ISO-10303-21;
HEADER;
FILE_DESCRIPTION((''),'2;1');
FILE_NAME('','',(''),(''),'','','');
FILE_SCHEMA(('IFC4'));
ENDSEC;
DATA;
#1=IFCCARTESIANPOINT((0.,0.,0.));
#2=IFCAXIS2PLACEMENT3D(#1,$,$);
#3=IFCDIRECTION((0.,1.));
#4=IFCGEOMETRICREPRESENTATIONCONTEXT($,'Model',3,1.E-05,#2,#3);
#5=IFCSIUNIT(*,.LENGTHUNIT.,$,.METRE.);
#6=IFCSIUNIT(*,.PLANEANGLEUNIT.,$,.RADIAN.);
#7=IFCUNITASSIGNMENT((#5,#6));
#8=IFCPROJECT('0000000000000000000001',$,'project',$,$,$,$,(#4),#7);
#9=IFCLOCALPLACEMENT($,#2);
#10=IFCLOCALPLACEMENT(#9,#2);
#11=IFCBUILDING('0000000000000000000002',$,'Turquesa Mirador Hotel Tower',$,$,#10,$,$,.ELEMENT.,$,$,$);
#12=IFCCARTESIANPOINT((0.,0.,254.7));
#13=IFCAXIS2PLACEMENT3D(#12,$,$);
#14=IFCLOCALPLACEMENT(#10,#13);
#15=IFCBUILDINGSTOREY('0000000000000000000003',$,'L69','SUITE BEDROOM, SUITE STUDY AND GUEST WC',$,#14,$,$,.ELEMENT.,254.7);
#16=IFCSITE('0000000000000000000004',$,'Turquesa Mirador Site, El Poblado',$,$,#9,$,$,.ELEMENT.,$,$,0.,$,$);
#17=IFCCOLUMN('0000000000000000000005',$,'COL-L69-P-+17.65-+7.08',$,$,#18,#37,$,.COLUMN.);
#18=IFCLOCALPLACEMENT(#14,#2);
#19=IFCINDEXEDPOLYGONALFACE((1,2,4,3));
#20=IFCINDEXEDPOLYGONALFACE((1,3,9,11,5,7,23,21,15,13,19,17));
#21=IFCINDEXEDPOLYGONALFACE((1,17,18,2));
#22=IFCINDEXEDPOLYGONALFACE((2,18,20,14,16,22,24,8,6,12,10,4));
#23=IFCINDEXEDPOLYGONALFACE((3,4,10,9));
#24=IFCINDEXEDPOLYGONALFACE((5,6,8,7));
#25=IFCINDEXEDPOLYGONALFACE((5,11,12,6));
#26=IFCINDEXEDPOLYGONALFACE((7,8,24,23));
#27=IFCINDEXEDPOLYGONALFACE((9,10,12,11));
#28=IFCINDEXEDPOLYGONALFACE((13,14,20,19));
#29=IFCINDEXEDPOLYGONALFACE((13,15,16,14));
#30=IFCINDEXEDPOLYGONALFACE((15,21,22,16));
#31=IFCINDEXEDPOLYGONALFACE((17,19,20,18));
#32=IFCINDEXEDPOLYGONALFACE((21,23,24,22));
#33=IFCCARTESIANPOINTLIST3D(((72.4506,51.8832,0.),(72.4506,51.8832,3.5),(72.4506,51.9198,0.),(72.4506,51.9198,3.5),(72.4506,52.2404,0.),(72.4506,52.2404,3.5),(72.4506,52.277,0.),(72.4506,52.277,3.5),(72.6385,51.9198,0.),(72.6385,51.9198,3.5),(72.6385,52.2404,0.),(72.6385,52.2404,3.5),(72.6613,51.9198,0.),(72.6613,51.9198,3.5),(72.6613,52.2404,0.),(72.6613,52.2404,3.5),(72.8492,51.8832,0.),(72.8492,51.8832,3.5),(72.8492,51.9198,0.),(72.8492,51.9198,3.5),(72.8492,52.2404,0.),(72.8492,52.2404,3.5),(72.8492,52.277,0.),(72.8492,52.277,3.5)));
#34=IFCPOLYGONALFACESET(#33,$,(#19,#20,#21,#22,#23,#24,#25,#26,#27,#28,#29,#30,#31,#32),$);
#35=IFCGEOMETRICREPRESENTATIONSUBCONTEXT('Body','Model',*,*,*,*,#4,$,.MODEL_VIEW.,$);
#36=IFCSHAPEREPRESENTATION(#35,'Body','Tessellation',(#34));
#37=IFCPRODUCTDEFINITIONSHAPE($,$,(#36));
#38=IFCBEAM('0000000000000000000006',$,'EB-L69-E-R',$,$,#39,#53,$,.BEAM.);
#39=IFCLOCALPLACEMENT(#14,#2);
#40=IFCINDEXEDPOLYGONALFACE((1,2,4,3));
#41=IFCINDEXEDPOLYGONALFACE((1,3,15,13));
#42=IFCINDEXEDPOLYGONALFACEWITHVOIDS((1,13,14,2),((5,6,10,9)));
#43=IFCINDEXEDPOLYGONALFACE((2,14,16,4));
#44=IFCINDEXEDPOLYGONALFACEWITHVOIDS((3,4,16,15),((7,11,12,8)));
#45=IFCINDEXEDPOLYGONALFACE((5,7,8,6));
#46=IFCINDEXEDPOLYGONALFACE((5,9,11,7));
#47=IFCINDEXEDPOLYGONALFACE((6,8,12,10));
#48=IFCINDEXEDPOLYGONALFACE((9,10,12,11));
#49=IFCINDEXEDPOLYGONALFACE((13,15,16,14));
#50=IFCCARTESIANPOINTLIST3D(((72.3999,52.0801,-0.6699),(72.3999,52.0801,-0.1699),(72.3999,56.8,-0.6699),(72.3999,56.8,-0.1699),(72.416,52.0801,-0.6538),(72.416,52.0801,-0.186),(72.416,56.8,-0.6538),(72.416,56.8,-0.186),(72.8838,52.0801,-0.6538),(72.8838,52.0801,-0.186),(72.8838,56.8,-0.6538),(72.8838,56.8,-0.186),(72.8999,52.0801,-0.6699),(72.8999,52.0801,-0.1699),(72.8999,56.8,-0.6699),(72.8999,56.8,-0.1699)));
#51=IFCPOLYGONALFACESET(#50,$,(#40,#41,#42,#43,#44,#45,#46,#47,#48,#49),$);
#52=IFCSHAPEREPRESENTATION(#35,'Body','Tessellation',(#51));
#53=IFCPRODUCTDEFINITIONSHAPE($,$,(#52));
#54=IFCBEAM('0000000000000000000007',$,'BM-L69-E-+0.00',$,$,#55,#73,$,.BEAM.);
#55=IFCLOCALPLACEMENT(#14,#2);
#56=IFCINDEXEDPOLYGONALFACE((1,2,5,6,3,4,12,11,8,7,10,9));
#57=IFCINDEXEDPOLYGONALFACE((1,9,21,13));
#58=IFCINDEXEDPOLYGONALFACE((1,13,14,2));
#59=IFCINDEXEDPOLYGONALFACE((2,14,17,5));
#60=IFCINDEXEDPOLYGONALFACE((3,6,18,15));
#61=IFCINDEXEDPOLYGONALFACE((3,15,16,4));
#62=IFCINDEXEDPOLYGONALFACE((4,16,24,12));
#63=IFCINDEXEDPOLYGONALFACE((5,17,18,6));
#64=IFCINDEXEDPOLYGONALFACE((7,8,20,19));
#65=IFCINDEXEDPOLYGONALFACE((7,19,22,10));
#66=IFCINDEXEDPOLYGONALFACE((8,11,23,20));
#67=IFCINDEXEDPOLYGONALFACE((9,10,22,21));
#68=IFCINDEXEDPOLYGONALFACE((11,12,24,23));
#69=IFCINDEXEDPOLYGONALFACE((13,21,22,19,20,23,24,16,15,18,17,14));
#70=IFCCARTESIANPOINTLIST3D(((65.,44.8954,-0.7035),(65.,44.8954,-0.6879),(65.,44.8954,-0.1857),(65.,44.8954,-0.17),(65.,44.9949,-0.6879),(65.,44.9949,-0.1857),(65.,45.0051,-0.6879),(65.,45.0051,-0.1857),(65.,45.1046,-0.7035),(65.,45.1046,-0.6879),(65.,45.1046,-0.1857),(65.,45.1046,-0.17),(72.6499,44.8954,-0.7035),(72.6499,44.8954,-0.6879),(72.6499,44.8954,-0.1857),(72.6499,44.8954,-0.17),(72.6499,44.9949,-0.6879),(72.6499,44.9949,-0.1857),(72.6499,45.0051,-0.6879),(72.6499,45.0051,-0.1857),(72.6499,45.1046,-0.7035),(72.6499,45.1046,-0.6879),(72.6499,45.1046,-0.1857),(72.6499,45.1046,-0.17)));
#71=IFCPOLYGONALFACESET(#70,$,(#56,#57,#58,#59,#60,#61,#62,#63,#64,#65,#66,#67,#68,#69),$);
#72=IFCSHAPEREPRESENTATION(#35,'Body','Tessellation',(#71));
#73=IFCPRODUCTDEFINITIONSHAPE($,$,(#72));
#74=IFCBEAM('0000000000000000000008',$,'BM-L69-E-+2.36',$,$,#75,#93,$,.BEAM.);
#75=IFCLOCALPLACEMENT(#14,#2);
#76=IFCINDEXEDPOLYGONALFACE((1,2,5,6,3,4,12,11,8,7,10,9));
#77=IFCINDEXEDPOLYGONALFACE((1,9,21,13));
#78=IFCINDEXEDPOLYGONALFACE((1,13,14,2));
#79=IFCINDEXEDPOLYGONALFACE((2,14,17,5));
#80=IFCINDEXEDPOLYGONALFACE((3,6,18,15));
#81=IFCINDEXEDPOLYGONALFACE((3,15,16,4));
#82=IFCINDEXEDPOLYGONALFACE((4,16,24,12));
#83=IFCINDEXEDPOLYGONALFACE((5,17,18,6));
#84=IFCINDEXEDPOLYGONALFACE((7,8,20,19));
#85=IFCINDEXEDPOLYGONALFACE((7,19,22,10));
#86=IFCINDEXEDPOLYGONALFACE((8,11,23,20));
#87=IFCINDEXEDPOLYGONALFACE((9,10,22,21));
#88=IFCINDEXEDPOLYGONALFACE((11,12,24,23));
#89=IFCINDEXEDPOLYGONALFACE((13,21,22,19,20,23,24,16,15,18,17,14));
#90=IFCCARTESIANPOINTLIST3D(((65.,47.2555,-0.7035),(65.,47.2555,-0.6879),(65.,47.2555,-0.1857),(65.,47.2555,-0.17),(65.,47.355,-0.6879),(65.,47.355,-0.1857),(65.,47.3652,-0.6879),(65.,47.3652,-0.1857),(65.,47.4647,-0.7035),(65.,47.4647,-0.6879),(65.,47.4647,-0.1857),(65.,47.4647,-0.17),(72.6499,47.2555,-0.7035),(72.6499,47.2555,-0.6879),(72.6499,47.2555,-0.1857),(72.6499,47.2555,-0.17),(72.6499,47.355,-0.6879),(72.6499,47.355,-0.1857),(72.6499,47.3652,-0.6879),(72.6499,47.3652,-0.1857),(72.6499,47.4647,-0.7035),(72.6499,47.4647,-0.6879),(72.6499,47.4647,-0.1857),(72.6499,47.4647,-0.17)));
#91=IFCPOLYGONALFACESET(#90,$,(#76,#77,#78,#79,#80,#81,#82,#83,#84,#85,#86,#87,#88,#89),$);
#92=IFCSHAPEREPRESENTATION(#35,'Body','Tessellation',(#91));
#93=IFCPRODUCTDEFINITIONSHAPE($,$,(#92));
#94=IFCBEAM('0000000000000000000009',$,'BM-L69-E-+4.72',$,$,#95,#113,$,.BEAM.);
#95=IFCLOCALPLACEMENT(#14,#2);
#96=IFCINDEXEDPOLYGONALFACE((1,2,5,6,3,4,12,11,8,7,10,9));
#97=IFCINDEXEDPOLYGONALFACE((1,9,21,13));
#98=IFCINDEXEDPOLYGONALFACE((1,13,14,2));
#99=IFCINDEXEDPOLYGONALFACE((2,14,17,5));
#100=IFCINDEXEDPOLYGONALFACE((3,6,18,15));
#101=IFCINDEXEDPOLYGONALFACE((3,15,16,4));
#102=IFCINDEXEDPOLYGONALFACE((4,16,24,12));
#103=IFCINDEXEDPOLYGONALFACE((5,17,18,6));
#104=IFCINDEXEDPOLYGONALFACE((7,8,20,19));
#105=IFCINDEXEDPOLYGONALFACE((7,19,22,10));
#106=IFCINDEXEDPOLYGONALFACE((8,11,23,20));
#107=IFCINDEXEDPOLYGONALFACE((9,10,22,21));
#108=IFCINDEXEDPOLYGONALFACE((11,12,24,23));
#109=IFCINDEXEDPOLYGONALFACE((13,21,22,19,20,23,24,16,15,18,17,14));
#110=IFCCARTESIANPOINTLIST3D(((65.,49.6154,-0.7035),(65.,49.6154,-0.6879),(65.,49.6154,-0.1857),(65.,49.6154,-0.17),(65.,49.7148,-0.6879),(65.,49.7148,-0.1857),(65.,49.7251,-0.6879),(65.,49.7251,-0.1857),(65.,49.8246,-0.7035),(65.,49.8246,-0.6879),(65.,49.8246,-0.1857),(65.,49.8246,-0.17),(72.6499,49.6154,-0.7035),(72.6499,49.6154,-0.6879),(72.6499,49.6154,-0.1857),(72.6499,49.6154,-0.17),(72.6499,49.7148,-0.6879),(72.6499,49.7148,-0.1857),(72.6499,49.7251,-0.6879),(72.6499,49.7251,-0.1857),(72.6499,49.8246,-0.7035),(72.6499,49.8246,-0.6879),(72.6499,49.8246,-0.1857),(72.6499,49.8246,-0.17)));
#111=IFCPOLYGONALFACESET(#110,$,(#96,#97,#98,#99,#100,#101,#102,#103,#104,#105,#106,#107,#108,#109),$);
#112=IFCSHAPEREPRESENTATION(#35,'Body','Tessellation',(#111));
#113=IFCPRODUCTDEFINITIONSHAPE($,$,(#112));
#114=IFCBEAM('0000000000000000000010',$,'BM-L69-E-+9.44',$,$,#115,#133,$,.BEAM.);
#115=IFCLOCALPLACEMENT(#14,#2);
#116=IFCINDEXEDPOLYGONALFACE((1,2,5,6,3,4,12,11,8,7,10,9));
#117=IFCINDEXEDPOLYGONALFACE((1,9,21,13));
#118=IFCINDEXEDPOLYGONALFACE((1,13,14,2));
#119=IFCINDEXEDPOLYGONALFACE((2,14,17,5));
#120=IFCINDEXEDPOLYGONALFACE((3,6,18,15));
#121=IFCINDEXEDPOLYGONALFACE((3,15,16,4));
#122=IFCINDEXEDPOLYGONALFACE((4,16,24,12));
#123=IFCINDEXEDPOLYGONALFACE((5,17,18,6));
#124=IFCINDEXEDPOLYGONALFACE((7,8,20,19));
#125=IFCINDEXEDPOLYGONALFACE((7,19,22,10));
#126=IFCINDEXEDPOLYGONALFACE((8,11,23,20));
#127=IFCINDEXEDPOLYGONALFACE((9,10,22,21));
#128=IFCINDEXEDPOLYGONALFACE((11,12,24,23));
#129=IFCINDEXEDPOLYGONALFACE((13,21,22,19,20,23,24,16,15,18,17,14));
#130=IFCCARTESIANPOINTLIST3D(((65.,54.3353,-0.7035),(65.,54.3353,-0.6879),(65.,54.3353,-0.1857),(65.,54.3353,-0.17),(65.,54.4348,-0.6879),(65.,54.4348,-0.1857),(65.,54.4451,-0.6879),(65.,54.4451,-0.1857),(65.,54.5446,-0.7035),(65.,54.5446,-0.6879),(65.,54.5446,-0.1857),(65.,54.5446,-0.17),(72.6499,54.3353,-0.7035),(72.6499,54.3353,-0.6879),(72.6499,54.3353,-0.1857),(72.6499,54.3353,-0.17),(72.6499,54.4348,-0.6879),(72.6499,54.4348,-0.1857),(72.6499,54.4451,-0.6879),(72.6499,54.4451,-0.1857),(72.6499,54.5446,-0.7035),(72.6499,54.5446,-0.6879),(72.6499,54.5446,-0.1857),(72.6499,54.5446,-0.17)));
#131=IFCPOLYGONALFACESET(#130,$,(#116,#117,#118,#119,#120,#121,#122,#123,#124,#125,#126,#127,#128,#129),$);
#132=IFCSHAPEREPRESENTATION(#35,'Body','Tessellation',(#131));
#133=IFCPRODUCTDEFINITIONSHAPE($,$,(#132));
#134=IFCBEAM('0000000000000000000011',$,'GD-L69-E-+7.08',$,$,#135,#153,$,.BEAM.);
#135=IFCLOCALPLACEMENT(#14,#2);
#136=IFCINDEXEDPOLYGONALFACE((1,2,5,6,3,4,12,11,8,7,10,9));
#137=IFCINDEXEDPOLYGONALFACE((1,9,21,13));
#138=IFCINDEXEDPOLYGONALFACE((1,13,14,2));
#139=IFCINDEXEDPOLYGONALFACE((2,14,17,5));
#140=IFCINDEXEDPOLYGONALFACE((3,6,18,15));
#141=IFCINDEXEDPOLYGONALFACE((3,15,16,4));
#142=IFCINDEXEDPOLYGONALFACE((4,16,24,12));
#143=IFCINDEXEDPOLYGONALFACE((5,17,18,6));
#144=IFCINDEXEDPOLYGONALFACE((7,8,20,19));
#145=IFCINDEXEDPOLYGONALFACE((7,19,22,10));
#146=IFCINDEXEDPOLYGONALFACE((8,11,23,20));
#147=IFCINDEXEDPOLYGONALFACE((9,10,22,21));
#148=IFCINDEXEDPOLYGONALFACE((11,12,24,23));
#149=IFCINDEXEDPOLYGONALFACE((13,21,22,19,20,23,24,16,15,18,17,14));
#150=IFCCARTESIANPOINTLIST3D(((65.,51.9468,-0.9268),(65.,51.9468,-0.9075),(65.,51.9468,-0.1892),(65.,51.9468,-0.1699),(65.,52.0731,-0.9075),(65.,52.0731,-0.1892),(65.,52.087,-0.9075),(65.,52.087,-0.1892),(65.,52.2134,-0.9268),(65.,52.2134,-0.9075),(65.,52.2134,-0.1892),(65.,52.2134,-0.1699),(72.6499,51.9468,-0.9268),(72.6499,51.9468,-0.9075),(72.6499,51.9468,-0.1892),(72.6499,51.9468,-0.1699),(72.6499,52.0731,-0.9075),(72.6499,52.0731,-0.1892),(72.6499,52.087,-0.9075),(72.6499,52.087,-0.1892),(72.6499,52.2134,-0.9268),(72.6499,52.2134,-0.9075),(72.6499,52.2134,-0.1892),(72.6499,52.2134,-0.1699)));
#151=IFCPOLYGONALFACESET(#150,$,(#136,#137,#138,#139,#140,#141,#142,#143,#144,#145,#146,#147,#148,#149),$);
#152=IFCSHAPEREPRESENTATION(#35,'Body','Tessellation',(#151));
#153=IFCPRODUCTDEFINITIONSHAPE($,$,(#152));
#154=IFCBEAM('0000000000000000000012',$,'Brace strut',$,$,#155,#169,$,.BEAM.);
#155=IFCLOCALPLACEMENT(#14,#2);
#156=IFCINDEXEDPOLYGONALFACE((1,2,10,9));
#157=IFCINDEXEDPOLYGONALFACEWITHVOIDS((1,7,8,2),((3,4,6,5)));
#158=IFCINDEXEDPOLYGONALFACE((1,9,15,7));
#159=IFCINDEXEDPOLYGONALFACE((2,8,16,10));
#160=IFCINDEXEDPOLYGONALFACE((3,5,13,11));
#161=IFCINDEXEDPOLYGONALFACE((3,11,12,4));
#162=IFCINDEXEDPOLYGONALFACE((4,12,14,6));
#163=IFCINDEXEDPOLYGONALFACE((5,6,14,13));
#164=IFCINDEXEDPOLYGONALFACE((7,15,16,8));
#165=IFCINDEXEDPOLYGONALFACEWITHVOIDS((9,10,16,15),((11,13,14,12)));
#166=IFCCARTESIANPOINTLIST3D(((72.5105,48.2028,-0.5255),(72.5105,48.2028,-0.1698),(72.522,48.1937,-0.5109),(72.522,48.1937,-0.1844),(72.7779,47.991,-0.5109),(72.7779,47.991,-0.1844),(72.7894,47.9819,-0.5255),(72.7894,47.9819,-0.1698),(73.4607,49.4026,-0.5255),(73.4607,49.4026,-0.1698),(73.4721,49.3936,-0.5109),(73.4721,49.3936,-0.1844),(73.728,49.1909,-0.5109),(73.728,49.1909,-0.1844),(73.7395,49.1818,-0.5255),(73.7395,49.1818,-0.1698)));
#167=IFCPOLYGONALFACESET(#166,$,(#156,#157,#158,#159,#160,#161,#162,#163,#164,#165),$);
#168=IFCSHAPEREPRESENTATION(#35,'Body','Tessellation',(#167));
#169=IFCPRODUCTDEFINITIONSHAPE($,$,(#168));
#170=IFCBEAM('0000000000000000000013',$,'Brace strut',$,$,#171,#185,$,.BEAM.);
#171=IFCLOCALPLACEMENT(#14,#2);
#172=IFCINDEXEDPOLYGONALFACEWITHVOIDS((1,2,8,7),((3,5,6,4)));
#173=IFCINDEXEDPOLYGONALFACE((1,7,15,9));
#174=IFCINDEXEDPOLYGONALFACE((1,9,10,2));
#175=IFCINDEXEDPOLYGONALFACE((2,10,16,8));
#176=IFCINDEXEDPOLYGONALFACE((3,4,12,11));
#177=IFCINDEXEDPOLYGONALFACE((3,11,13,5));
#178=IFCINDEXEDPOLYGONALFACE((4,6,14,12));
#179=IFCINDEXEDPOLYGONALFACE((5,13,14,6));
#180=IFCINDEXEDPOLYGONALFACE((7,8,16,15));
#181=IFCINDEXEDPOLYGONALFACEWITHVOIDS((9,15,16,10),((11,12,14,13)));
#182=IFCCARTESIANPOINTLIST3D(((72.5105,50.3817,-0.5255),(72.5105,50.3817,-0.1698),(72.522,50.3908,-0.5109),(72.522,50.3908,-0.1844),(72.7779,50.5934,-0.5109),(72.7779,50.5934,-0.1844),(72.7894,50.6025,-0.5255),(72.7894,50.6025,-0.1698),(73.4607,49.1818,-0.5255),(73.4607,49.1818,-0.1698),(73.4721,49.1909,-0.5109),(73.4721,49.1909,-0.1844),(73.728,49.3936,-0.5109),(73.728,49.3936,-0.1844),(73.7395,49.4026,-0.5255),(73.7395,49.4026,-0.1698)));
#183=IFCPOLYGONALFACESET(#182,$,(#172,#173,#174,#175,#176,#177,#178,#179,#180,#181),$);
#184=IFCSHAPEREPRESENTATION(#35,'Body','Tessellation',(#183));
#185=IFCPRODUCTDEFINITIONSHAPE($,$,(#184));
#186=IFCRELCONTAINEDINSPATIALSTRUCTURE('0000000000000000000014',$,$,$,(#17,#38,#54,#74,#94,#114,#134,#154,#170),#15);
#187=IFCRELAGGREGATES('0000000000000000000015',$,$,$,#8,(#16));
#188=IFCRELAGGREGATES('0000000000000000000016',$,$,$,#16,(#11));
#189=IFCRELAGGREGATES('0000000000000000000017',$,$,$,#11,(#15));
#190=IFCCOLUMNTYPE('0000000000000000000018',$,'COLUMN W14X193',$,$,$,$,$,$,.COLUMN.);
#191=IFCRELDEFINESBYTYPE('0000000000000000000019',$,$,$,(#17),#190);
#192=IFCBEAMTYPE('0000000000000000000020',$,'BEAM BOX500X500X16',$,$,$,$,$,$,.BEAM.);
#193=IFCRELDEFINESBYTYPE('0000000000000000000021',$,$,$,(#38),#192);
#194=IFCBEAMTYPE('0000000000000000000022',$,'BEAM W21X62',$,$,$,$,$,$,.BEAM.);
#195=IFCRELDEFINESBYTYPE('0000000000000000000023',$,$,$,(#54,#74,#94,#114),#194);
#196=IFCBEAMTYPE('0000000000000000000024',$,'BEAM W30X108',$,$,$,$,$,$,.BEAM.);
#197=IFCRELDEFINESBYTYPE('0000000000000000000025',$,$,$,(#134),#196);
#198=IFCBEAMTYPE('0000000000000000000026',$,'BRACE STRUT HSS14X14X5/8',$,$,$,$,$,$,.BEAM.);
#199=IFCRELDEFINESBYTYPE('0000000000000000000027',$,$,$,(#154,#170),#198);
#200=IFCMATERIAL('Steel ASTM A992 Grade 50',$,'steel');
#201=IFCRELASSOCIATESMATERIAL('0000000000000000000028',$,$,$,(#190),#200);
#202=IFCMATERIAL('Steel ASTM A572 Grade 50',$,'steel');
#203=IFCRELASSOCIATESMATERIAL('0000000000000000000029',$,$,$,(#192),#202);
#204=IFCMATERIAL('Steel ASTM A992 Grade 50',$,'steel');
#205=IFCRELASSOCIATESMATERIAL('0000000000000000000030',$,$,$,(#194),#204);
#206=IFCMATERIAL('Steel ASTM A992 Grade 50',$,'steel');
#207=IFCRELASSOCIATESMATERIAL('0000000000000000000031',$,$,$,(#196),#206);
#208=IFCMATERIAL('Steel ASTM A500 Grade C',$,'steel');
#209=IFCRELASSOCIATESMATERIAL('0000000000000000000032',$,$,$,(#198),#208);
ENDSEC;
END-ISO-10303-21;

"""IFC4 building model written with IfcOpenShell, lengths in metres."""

from ifc_helpers import new_model, si_unit, direction, frame, origin, origin_2d, place, context, subcontext, project, spatial, hollow_rectangle, i_section, extrude, material, material_profile, profile_set, type_object, element, save


model = new_model("IFC4")

# Units and contexts
model_context = context("Model", 3, precision=1e-05, world=origin(), true_north=direction((0.0, 1.0)))
body_context = subcontext(model_context, "Body", "Model", "MODEL_VIEW")
ifc_project = project(units=[si_unit("LENGTHUNIT", "METRE"), si_unit("PLANEANGLEUNIT", "RADIAN")], contexts=[model_context])

# Site, building, storey
site_placement = place(None, origin())
site = spatial("IfcSite", under=ifc_project, at=site_placement, Name="Turquesa Mirador Site, El Poblado", CompositionType="ELEMENT", RefElevation=0.0)
building_placement = place(site_placement, origin())
building = spatial("IfcBuilding", under=site, at=building_placement, Name="Turquesa Mirador Hotel Tower", CompositionType="ELEMENT")
storey_placement = place(building_placement, frame((0.0, 0.0, 254.7)))
storey = spatial("IfcBuildingStorey", under=building, at=storey_placement, Name="L69", Description="SUITE BEDROOM, SUITE STUDY AND GUEST WC", CompositionType="ELEMENT", Elevation=254.7)

# Column
ifc_material_1 = material(Name="Steel ASTM A992 Grade 50", Category="steel")
ifc_material_profile_1 = material_profile(ifc_material_1, i_section(OverallWidth=0.3987, OverallDepth=0.3938, WebThickness=0.0227, FlangeThickness=0.0366, at=origin_2d()), Name="W14X193")
ifc_profile_set_1 = profile_set([ifc_material_profile_1], Name="Steel ASTM A992 Grade 50")
column_type = type_object("IfcColumnType", Name="COLUMN W14X193", PredefinedType="COLUMN", material=ifc_profile_set_1)
column_placement = place(storey_placement, frame((72.6499, 52.0801, 0.0), z_axis=(0.0, 0.0, 1.0), x_axis=(1.0, 0.0, 0.0)))
element("IfcColumn", 1, at=column_placement, inside=storey, type_object=column_type, Name="COL-L69-P-+17.65-+7.08", PredefinedType="COLUMN", context=body_context, shape_type="SweptSolid", body=[
    extrude(i_section(OverallWidth=0.3987, OverallDepth=0.3938, WebThickness=0.0227, FlangeThickness=0.0366, at=origin_2d()), origin(), (0.0, 0.0, 1.0), 3.5),
])

# Beams
ifc_material_2 = material(Name="Steel ASTM A572 Grade 50", Category="steel")
ifc_material_profile_2 = material_profile(ifc_material_2, hollow_rectangle(XDim=0.5, YDim=0.5, WallThickness=0.0161, at=origin_2d()), Name="BOX500X500X16")
ifc_profile_set_2 = profile_set([ifc_material_profile_2], Name="Steel ASTM A572 Grade 50")
beam_type_1 = type_object("IfcBeamType", Name="BEAM BOX500X500X16", PredefinedType="BEAM", material=ifc_profile_set_2)
beam_1_placement = place(storey_placement, frame((72.6499, 52.0801, -0.4199), z_axis=(0.0, 1.0, 0.0), x_axis=(-1.0, 0.0, 0.0)))
element("IfcBeam", 2, at=beam_1_placement, inside=storey, type_object=beam_type_1, Name="EB-L69-E-R", PredefinedType="BEAM", context=body_context, shape_type="SweptSolid", body=[
    extrude(hollow_rectangle(XDim=0.5, YDim=0.5, WallThickness=0.0161, at=origin_2d()), origin(), (0.0, 0.0, 1.0), 4.72),
])
ifc_material_3 = material(Name="Steel ASTM A992 Grade 50", Category="steel")
ifc_material_profile_3 = material_profile(ifc_material_3, i_section(OverallWidth=0.2092, OverallDepth=0.5334, WebThickness=0.0103, FlangeThickness=0.0156, at=origin_2d()), Name="W21X62")
ifc_profile_set_3 = profile_set([ifc_material_profile_3], Name="Steel ASTM A992 Grade 50")
beam_type_2 = type_object("IfcBeamType", Name="BEAM W21X62", PredefinedType="BEAM", material=ifc_profile_set_3)
for number, where, z_axis, x_axis, name in (
    (3, (72.6499, 45.0, -0.4368), (-1.0, 0.0, 0.0), (0.0, -1.0, 0.0), "BM-L69-E-+0.00"),
    (4, (72.6499, 47.3601, -0.4368), (-1.0, 0.0, 0.0), (0.0, -1.0, 0.0), "BM-L69-E-+2.36"),
    (5, (72.6499, 49.72, -0.4368), (-1.0, 0.0, 0.0), (0.0, -1.0, 0.0), "BM-L69-E-+4.72"),
    (6, (72.6499, 54.4399, -0.4368), (-1.0, 0.0, 0.0), (0.0, -1.0, 0.0), "BM-L69-E-+9.44"),
):
    element("IfcBeam", number, at=place(storey_placement, frame(where, z_axis=z_axis, x_axis=x_axis)), inside=storey, type_object=beam_type_2, Name=name, PredefinedType="BEAM", context=body_context, shape_type="SweptSolid", body=[
        extrude(i_section(OverallWidth=0.2092, OverallDepth=0.5334, WebThickness=0.0103, FlangeThickness=0.0156, at=origin_2d()), origin(), (0.0, 0.0, 1.0), 7.6499),
    ])
ifc_material_4 = material(Name="Steel ASTM A992 Grade 50", Category="steel")
ifc_material_profile_4 = material_profile(ifc_material_4, i_section(OverallWidth=0.2666, OverallDepth=0.7568, WebThickness=0.0139, FlangeThickness=0.0193, at=origin_2d()), Name="W30X108")
ifc_profile_set_4 = profile_set([ifc_material_profile_4], Name="Steel ASTM A992 Grade 50")
beam_type_3 = type_object("IfcBeamType", Name="BEAM W30X108", PredefinedType="BEAM", material=ifc_profile_set_4)
beam_2_placement = place(storey_placement, frame((72.6499, 52.0801, -0.5483), z_axis=(-1.0, 0.0, 0.0), x_axis=(0.0, -1.0, 0.0)))
element("IfcBeam", 7, at=beam_2_placement, inside=storey, type_object=beam_type_3, Name="GD-L69-E-+7.08", PredefinedType="BEAM", context=body_context, shape_type="SweptSolid", body=[
    extrude(i_section(OverallWidth=0.2666, OverallDepth=0.7568, WebThickness=0.0139, FlangeThickness=0.0193, at=origin_2d()), origin(), (0.0, 0.0, 1.0), 7.6499),
])
ifc_material_5 = material(Name="Steel ASTM A500 Grade C", Category="steel")
ifc_material_profile_5 = material_profile(ifc_material_5, hollow_rectangle(XDim=0.3557, YDim=0.3557, WallThickness=0.0146, at=origin_2d()), Name="HSS14X14X5/8")
ifc_profile_set_5 = profile_set([ifc_material_profile_5], Name="Steel ASTM A500 Grade C")
beam_type_4 = type_object("IfcBeamType", Name="BRACE STRUT HSS14X14X5/8", PredefinedType="BEAM", material=ifc_profile_set_5)
for number, where, z_axis, x_axis, name in (
    (8, (73.6001, 49.2922, -0.3477), (-0.620797, -0.783971, 0.0), (0.783971, -0.620797, 0.0), "Brace strut"),
    (9, (73.6001, 49.2922, -0.3477), (-0.620797, 0.783971, 0.0), (-0.783971, -0.620797, 0.0), "Brace strut"),
):
    element("IfcBeam", number, at=place(storey_placement, frame(where, z_axis=z_axis, x_axis=x_axis)), inside=storey, type_object=beam_type_4, Name=name, PredefinedType="BEAM", context=body_context, shape_type="SweptSolid", body=[
        extrude(hollow_rectangle(XDim=0.3557, YDim=0.3557, WallThickness=0.0146, at=origin_2d()), origin(), (0.0, 0.0, 1.0), 1.5305),
    ])

save(model, "model.ifc")
